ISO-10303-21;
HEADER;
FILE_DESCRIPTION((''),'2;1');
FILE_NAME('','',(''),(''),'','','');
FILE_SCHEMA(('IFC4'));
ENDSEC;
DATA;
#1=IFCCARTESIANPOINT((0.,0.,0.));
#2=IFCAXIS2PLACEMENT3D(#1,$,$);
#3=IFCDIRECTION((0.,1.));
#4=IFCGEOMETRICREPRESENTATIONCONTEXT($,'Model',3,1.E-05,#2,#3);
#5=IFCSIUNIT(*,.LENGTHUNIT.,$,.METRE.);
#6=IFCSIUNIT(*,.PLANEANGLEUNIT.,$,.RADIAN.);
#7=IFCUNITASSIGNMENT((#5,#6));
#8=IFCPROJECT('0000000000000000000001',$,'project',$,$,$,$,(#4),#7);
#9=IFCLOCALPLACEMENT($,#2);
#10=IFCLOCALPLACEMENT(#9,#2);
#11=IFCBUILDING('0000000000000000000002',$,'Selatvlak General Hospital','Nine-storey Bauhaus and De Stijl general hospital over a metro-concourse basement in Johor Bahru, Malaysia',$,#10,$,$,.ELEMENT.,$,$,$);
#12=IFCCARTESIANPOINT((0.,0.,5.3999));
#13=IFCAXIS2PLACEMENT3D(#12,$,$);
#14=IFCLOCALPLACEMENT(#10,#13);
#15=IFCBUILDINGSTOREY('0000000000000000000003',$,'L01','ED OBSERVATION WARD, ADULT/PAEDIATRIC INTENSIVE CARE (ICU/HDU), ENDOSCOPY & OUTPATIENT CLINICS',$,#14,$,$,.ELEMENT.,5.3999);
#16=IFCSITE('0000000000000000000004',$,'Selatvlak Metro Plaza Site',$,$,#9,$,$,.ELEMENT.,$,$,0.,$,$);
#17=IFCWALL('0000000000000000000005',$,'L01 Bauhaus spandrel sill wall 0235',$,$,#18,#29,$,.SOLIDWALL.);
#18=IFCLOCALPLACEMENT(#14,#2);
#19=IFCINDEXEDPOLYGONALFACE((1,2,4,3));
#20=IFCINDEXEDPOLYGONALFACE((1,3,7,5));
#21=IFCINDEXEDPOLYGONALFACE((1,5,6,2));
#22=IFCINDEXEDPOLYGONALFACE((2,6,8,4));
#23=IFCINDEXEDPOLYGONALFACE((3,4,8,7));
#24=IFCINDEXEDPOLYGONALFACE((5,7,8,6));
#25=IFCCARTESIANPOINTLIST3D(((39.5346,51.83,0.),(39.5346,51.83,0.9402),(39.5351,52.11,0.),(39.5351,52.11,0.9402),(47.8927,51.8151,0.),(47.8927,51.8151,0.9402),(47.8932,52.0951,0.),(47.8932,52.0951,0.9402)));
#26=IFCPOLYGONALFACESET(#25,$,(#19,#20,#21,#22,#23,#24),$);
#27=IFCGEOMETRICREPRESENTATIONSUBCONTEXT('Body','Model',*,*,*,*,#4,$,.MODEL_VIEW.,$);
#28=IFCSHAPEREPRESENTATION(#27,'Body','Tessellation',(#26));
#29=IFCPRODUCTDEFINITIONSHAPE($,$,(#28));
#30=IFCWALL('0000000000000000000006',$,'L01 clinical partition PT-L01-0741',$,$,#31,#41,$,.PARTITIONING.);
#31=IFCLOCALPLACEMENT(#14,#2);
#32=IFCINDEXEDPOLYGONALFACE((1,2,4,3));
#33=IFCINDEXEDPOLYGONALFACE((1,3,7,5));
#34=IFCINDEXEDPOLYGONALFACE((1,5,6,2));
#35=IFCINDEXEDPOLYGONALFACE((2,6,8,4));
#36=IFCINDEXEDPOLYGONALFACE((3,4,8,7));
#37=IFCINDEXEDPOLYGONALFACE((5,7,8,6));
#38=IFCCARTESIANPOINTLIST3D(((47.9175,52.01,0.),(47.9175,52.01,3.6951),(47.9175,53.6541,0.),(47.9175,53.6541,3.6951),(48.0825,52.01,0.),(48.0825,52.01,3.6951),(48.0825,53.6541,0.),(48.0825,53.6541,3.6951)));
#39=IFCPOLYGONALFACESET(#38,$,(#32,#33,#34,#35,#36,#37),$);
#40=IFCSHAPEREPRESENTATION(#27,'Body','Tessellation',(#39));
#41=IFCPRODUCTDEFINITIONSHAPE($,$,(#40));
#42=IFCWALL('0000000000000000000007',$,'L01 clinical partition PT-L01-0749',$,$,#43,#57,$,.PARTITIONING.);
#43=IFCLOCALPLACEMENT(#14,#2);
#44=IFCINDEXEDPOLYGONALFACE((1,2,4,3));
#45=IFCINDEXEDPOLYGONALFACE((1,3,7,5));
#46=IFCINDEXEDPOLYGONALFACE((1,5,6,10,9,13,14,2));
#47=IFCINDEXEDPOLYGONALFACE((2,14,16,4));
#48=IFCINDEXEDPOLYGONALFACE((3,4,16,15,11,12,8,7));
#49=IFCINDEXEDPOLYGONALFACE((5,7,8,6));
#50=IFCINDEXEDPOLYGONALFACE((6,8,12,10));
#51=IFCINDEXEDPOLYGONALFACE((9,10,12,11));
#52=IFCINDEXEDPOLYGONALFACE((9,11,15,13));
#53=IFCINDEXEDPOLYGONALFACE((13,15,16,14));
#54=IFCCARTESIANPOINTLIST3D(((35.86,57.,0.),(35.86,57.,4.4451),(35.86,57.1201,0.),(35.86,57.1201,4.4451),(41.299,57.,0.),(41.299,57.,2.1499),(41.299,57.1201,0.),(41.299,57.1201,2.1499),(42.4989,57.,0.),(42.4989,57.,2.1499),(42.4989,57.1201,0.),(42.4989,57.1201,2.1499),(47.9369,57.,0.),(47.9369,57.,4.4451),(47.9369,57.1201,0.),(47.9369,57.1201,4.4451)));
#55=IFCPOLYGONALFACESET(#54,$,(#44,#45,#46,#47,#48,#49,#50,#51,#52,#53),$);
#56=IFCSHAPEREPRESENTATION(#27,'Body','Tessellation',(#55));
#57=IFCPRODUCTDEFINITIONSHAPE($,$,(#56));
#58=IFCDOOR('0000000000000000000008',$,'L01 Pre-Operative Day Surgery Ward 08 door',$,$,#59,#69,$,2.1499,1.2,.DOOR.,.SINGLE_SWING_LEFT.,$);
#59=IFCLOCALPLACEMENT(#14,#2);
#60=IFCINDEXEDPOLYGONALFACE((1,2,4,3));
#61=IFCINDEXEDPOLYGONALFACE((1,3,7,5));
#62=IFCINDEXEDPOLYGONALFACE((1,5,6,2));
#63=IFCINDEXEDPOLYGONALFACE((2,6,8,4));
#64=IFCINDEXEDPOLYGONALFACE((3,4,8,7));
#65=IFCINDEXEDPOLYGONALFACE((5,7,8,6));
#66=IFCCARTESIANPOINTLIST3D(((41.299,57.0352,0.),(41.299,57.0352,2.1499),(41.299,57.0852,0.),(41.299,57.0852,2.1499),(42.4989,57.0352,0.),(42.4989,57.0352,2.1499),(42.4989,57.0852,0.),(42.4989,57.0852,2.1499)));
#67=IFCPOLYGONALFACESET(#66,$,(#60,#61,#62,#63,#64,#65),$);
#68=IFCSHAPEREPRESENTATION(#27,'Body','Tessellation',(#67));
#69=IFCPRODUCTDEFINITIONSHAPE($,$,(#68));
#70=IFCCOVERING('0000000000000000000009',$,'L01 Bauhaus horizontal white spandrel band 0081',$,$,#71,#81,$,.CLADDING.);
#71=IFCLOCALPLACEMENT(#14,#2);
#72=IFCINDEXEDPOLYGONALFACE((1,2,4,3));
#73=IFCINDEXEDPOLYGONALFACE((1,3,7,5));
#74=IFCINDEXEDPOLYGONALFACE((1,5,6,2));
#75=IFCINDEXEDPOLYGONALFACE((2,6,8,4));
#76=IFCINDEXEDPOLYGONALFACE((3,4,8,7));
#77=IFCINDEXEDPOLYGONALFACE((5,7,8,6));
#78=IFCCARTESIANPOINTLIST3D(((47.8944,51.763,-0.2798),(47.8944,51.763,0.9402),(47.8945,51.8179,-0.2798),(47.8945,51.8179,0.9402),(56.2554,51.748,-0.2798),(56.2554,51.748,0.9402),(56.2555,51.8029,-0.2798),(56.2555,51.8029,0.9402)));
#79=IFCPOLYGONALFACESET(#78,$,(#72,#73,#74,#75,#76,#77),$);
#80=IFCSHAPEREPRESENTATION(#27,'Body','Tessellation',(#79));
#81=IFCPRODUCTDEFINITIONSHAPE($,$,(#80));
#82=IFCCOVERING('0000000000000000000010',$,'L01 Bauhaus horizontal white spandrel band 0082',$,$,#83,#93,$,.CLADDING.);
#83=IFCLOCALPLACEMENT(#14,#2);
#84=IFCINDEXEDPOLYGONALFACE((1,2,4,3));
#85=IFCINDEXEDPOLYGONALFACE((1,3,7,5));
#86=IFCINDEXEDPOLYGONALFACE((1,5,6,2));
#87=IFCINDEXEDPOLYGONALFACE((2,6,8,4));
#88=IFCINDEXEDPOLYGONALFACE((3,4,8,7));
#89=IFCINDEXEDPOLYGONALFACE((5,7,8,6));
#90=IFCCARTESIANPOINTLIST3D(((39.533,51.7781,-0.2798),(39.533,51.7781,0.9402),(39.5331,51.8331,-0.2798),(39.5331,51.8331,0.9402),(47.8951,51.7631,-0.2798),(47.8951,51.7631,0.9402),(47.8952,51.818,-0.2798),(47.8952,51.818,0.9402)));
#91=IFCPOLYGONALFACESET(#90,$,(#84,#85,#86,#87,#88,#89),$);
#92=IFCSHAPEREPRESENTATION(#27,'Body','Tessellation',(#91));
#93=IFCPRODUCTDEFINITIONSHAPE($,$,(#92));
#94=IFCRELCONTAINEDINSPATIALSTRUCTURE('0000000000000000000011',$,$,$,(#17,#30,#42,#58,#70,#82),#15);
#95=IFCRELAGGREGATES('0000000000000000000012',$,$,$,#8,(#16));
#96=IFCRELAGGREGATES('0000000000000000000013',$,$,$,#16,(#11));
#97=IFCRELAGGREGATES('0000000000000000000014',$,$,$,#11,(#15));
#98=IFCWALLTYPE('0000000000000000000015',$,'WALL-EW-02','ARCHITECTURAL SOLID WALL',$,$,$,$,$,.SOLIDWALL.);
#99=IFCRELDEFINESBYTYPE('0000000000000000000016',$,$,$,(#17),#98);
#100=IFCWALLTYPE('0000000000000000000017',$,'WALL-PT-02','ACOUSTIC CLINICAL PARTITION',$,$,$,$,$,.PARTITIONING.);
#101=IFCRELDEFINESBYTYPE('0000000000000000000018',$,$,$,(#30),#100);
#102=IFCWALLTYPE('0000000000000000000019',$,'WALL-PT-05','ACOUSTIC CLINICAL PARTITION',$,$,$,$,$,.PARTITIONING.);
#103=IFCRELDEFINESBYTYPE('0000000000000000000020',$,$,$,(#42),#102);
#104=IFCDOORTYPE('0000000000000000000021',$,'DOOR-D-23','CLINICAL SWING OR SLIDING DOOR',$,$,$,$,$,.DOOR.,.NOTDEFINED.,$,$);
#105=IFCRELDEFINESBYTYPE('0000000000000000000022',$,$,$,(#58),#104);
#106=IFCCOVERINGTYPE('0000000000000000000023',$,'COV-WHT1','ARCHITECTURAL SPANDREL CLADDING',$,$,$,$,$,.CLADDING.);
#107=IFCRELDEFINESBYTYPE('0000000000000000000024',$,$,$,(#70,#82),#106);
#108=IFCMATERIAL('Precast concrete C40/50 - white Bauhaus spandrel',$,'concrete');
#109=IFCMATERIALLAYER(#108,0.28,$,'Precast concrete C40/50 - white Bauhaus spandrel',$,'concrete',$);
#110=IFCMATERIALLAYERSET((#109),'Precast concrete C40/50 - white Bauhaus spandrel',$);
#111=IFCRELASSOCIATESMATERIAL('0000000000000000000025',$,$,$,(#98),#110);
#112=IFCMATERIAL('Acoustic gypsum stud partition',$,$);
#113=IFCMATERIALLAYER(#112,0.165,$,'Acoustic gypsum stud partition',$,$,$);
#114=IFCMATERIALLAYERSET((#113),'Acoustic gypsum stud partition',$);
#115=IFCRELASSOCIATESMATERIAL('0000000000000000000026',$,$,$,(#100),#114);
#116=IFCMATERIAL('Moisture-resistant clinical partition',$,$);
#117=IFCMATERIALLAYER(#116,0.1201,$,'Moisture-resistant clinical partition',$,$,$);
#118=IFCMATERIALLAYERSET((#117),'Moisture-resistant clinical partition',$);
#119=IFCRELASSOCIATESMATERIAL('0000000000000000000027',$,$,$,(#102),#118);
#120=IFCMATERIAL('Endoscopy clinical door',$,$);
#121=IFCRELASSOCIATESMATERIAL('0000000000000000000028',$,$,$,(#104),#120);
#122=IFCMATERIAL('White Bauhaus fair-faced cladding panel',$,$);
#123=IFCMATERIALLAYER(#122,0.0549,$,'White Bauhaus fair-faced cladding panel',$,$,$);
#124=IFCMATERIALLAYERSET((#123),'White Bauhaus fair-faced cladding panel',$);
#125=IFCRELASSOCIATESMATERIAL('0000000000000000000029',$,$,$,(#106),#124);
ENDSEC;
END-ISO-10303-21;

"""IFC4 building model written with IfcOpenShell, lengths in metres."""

from ifc_helpers import new_model, si_unit, direction, frame, frame_2d, origin, origin_2d, place, context, subcontext, project, spatial, rectangle, extrude, material, layer, layer_set, type_object, element, fill, save


model = new_model("IFC4")

# Units and contexts
model_context = context("Model", 3, precision=1e-05, world=origin(), true_north=direction((0.0, 1.0)))
body_context = subcontext(model_context, "Body", "Model", "MODEL_VIEW")
ifc_project = project(units=[si_unit("LENGTHUNIT", "METRE"), si_unit("PLANEANGLEUNIT", "RADIAN")], contexts=[model_context])

# Site, building, storey
site_placement = place(None, origin())
site = spatial("IfcSite", under=ifc_project, at=site_placement, Name="Selatvlak Metro Plaza Site", CompositionType="ELEMENT", RefElevation=0.0)
building_placement = place(site_placement, origin())
building = spatial("IfcBuilding", under=site, at=building_placement, Name="Selatvlak General Hospital", Description="Nine-storey Bauhaus and De Stijl general hospital over a metro-concourse basement in Johor Bahru, Malaysia", CompositionType="ELEMENT")
storey_placement = place(building_placement, frame((0.0, 0.0, 5.3999)))
storey = spatial("IfcBuildingStorey", under=building, at=storey_placement, Name="L01", Description="ED OBSERVATION WARD, ADULT/PAEDIATRIC INTENSIVE CARE (ICU/HDU), ENDOSCOPY & OUTPATIENT CLINICS", CompositionType="ELEMENT", Elevation=5.3999)

# Walls
ifc_material_1 = material(Name="Precast concrete C40/50 - white Bauhaus spandrel", Category="concrete")
ifc_layer_1 = layer(ifc_material_1, 0.28, Name="Precast concrete C40/50 - white Bauhaus spandrel", Category="concrete")
ifc_layer_set_1 = layer_set([ifc_layer_1], Name="Precast concrete C40/50 - white Bauhaus spandrel")
wall_type_1 = type_object("IfcWallType", Name="WALL-EW-02", Description="ARCHITECTURAL SOLID WALL", PredefinedType="SOLIDWALL", material=ifc_layer_set_1)
wall_1_placement = place(storey_placement, frame((47.8931, 51.9551, 0.0), z_axis=(0.0, 0.0, 1.0), x_axis=(-0.999998, 0.001782, 0.0)))
element("IfcWall", 1, at=wall_1_placement, inside=storey, type_object=wall_type_1, Name="L01 Bauhaus spandrel sill wall 0235", PredefinedType="SOLIDWALL", context=body_context, shape_type="SweptSolid", body=[
    extrude(rectangle(XDim=8.3582, YDim=0.28, at=frame_2d((4.1792, 0.0))), origin(), (0.0, 0.0, 1.0), 0.9402),
])
ifc_material_2 = material(Name="Acoustic gypsum stud partition")
ifc_layer_2 = layer(ifc_material_2, 0.165, Name="Acoustic gypsum stud partition")
ifc_layer_set_2 = layer_set([ifc_layer_2], Name="Acoustic gypsum stud partition")
wall_type_2 = type_object("IfcWallType", Name="WALL-PT-02", Description="ACOUSTIC CLINICAL PARTITION", PredefinedType="PARTITIONING", material=ifc_layer_set_2)
wall_2_placement = place(storey_placement, frame((48.0, 53.6541, 0.0), z_axis=(0.0, 0.0, 1.0), x_axis=(0.0, -1.0, 0.0)))
element("IfcWall", 2, at=wall_2_placement, inside=storey, type_object=wall_type_2, Name="L01 clinical partition PT-L01-0741", PredefinedType="PARTITIONING", context=body_context, shape_type="SweptSolid", body=[
    extrude(rectangle(XDim=1.644, YDim=0.165, at=frame_2d((0.822, 0.0))), origin(), (0.0, 0.0, 1.0), 3.6951),
])

# Wall, opening, door
ifc_material_3 = material(Name="Moisture-resistant clinical partition")
ifc_layer_3 = layer(ifc_material_3, 0.1201, Name="Moisture-resistant clinical partition")
ifc_layer_set_3 = layer_set([ifc_layer_3], Name="Moisture-resistant clinical partition")
wall_type_3 = type_object("IfcWallType", Name="WALL-PT-05", Description="ACOUSTIC CLINICAL PARTITION", PredefinedType="PARTITIONING", material=ifc_layer_set_3)
wall_3_placement = place(storey_placement, frame((47.937, 57.0601, 0.0), z_axis=(0.0, 0.0, 1.0), x_axis=(-1.0, 0.0, 0.0)))
wall_3 = element("IfcWall", 3, at=wall_3_placement, inside=storey, type_object=wall_type_3, Name="L01 clinical partition PT-L01-0749", PredefinedType="PARTITIONING", context=body_context, shape_type="SweptSolid", body=[
    extrude(rectangle(XDim=12.0769, YDim=0.1201, at=frame_2d((6.0386, 0.0))), origin(), (0.0, 0.0, 1.0), 4.4451),
])
opening_placement = place(wall_3_placement, frame((5.438, 0.0, 0.0)))
opening = element("IfcOpeningElement", 4, at=opening_placement, cuts=wall_3, PredefinedType="OPENING", context=body_context, shape_type="SweptSolid", body=[
    extrude(rectangle(XDim=1.2, YDim=2.1499, at=frame_2d((0.6001, 1.075))), frame((0.0, 0.0701, 0.0), z_axis=(0.0, -1.0, 0.0), x_axis=(1.0, 0.0, 0.0)), (0.0, 0.0, 1.0), 0.1401),
])
ifc_material_4 = material(Name="Endoscopy clinical door")
door_type = type_object("IfcDoorType", Name="DOOR-D-23", Description="CLINICAL SWING OR SLIDING DOOR", OperationType="NOTDEFINED", PredefinedType="DOOR", material=ifc_material_4)
door_placement = place(opening_placement, origin())
door = element("IfcDoor", 5, at=door_placement, inside=storey, type_object=door_type, Name="L01 Pre-Operative Day Surgery Ward 08 door", OperationType="SINGLE_SWING_LEFT", OverallHeight=2.1499, OverallWidth=1.2, PredefinedType="DOOR", context=body_context, shape_type="SweptSolid", body=[
    extrude(rectangle(XDim=1.2, YDim=2.1499, at=frame_2d((0.6001, 1.075))), frame((0.0, 0.0249, 0.0), z_axis=(0.0, -1.0, 0.0), x_axis=(1.0, 0.0, 0.0)), (0.0, 0.0, 1.0), 0.05),
])
fill(opening, door)

# Coverings
ifc_material_5 = material(Name="White Bauhaus fair-faced cladding panel")
ifc_layer_4 = layer(ifc_material_5, 0.0549, Name="White Bauhaus fair-faced cladding panel")
ifc_layer_set_4 = layer_set([ifc_layer_4], Name="White Bauhaus fair-faced cladding panel")
covering_type = type_object("IfcCoveringType", Name="COV-WHT1", Description="ARCHITECTURAL SPANDREL CLADDING", PredefinedType="CLADDING", material=ifc_layer_set_4)
covering_1_placement = place(storey_placement, frame((52.075, 51.783, -0.2798), z_axis=(0.0, 0.0, 1.0), x_axis=(-0.999998, 0.001798, 0.0)))
element("IfcCovering", 6, at=covering_1_placement, inside=storey, type_object=covering_type, Name="L01 Bauhaus horizontal white spandrel band 0081", PredefinedType="CLADDING", context=body_context, shape_type="SweptSolid", body=[
    extrude(rectangle(XDim=8.3611, YDim=0.0549, at=origin_2d()), origin(), (0.0, 0.0, 1.0), 1.22),
])
covering_2_placement = place(storey_placement, frame((43.7141, 51.7981, -0.2798), z_axis=(0.0, 0.0, 1.0), x_axis=(-0.999998, 0.001798, 0.0)))
element("IfcCovering", 7, at=covering_2_placement, inside=storey, type_object=covering_type, Name="L01 Bauhaus horizontal white spandrel band 0082", PredefinedType="CLADDING", context=body_context, shape_type="SweptSolid", body=[
    extrude(rectangle(XDim=8.3621, YDim=0.0549, at=origin_2d()), origin(), (0.0, 0.0, 1.0), 1.22),
])

save(model, "model.ifc")
